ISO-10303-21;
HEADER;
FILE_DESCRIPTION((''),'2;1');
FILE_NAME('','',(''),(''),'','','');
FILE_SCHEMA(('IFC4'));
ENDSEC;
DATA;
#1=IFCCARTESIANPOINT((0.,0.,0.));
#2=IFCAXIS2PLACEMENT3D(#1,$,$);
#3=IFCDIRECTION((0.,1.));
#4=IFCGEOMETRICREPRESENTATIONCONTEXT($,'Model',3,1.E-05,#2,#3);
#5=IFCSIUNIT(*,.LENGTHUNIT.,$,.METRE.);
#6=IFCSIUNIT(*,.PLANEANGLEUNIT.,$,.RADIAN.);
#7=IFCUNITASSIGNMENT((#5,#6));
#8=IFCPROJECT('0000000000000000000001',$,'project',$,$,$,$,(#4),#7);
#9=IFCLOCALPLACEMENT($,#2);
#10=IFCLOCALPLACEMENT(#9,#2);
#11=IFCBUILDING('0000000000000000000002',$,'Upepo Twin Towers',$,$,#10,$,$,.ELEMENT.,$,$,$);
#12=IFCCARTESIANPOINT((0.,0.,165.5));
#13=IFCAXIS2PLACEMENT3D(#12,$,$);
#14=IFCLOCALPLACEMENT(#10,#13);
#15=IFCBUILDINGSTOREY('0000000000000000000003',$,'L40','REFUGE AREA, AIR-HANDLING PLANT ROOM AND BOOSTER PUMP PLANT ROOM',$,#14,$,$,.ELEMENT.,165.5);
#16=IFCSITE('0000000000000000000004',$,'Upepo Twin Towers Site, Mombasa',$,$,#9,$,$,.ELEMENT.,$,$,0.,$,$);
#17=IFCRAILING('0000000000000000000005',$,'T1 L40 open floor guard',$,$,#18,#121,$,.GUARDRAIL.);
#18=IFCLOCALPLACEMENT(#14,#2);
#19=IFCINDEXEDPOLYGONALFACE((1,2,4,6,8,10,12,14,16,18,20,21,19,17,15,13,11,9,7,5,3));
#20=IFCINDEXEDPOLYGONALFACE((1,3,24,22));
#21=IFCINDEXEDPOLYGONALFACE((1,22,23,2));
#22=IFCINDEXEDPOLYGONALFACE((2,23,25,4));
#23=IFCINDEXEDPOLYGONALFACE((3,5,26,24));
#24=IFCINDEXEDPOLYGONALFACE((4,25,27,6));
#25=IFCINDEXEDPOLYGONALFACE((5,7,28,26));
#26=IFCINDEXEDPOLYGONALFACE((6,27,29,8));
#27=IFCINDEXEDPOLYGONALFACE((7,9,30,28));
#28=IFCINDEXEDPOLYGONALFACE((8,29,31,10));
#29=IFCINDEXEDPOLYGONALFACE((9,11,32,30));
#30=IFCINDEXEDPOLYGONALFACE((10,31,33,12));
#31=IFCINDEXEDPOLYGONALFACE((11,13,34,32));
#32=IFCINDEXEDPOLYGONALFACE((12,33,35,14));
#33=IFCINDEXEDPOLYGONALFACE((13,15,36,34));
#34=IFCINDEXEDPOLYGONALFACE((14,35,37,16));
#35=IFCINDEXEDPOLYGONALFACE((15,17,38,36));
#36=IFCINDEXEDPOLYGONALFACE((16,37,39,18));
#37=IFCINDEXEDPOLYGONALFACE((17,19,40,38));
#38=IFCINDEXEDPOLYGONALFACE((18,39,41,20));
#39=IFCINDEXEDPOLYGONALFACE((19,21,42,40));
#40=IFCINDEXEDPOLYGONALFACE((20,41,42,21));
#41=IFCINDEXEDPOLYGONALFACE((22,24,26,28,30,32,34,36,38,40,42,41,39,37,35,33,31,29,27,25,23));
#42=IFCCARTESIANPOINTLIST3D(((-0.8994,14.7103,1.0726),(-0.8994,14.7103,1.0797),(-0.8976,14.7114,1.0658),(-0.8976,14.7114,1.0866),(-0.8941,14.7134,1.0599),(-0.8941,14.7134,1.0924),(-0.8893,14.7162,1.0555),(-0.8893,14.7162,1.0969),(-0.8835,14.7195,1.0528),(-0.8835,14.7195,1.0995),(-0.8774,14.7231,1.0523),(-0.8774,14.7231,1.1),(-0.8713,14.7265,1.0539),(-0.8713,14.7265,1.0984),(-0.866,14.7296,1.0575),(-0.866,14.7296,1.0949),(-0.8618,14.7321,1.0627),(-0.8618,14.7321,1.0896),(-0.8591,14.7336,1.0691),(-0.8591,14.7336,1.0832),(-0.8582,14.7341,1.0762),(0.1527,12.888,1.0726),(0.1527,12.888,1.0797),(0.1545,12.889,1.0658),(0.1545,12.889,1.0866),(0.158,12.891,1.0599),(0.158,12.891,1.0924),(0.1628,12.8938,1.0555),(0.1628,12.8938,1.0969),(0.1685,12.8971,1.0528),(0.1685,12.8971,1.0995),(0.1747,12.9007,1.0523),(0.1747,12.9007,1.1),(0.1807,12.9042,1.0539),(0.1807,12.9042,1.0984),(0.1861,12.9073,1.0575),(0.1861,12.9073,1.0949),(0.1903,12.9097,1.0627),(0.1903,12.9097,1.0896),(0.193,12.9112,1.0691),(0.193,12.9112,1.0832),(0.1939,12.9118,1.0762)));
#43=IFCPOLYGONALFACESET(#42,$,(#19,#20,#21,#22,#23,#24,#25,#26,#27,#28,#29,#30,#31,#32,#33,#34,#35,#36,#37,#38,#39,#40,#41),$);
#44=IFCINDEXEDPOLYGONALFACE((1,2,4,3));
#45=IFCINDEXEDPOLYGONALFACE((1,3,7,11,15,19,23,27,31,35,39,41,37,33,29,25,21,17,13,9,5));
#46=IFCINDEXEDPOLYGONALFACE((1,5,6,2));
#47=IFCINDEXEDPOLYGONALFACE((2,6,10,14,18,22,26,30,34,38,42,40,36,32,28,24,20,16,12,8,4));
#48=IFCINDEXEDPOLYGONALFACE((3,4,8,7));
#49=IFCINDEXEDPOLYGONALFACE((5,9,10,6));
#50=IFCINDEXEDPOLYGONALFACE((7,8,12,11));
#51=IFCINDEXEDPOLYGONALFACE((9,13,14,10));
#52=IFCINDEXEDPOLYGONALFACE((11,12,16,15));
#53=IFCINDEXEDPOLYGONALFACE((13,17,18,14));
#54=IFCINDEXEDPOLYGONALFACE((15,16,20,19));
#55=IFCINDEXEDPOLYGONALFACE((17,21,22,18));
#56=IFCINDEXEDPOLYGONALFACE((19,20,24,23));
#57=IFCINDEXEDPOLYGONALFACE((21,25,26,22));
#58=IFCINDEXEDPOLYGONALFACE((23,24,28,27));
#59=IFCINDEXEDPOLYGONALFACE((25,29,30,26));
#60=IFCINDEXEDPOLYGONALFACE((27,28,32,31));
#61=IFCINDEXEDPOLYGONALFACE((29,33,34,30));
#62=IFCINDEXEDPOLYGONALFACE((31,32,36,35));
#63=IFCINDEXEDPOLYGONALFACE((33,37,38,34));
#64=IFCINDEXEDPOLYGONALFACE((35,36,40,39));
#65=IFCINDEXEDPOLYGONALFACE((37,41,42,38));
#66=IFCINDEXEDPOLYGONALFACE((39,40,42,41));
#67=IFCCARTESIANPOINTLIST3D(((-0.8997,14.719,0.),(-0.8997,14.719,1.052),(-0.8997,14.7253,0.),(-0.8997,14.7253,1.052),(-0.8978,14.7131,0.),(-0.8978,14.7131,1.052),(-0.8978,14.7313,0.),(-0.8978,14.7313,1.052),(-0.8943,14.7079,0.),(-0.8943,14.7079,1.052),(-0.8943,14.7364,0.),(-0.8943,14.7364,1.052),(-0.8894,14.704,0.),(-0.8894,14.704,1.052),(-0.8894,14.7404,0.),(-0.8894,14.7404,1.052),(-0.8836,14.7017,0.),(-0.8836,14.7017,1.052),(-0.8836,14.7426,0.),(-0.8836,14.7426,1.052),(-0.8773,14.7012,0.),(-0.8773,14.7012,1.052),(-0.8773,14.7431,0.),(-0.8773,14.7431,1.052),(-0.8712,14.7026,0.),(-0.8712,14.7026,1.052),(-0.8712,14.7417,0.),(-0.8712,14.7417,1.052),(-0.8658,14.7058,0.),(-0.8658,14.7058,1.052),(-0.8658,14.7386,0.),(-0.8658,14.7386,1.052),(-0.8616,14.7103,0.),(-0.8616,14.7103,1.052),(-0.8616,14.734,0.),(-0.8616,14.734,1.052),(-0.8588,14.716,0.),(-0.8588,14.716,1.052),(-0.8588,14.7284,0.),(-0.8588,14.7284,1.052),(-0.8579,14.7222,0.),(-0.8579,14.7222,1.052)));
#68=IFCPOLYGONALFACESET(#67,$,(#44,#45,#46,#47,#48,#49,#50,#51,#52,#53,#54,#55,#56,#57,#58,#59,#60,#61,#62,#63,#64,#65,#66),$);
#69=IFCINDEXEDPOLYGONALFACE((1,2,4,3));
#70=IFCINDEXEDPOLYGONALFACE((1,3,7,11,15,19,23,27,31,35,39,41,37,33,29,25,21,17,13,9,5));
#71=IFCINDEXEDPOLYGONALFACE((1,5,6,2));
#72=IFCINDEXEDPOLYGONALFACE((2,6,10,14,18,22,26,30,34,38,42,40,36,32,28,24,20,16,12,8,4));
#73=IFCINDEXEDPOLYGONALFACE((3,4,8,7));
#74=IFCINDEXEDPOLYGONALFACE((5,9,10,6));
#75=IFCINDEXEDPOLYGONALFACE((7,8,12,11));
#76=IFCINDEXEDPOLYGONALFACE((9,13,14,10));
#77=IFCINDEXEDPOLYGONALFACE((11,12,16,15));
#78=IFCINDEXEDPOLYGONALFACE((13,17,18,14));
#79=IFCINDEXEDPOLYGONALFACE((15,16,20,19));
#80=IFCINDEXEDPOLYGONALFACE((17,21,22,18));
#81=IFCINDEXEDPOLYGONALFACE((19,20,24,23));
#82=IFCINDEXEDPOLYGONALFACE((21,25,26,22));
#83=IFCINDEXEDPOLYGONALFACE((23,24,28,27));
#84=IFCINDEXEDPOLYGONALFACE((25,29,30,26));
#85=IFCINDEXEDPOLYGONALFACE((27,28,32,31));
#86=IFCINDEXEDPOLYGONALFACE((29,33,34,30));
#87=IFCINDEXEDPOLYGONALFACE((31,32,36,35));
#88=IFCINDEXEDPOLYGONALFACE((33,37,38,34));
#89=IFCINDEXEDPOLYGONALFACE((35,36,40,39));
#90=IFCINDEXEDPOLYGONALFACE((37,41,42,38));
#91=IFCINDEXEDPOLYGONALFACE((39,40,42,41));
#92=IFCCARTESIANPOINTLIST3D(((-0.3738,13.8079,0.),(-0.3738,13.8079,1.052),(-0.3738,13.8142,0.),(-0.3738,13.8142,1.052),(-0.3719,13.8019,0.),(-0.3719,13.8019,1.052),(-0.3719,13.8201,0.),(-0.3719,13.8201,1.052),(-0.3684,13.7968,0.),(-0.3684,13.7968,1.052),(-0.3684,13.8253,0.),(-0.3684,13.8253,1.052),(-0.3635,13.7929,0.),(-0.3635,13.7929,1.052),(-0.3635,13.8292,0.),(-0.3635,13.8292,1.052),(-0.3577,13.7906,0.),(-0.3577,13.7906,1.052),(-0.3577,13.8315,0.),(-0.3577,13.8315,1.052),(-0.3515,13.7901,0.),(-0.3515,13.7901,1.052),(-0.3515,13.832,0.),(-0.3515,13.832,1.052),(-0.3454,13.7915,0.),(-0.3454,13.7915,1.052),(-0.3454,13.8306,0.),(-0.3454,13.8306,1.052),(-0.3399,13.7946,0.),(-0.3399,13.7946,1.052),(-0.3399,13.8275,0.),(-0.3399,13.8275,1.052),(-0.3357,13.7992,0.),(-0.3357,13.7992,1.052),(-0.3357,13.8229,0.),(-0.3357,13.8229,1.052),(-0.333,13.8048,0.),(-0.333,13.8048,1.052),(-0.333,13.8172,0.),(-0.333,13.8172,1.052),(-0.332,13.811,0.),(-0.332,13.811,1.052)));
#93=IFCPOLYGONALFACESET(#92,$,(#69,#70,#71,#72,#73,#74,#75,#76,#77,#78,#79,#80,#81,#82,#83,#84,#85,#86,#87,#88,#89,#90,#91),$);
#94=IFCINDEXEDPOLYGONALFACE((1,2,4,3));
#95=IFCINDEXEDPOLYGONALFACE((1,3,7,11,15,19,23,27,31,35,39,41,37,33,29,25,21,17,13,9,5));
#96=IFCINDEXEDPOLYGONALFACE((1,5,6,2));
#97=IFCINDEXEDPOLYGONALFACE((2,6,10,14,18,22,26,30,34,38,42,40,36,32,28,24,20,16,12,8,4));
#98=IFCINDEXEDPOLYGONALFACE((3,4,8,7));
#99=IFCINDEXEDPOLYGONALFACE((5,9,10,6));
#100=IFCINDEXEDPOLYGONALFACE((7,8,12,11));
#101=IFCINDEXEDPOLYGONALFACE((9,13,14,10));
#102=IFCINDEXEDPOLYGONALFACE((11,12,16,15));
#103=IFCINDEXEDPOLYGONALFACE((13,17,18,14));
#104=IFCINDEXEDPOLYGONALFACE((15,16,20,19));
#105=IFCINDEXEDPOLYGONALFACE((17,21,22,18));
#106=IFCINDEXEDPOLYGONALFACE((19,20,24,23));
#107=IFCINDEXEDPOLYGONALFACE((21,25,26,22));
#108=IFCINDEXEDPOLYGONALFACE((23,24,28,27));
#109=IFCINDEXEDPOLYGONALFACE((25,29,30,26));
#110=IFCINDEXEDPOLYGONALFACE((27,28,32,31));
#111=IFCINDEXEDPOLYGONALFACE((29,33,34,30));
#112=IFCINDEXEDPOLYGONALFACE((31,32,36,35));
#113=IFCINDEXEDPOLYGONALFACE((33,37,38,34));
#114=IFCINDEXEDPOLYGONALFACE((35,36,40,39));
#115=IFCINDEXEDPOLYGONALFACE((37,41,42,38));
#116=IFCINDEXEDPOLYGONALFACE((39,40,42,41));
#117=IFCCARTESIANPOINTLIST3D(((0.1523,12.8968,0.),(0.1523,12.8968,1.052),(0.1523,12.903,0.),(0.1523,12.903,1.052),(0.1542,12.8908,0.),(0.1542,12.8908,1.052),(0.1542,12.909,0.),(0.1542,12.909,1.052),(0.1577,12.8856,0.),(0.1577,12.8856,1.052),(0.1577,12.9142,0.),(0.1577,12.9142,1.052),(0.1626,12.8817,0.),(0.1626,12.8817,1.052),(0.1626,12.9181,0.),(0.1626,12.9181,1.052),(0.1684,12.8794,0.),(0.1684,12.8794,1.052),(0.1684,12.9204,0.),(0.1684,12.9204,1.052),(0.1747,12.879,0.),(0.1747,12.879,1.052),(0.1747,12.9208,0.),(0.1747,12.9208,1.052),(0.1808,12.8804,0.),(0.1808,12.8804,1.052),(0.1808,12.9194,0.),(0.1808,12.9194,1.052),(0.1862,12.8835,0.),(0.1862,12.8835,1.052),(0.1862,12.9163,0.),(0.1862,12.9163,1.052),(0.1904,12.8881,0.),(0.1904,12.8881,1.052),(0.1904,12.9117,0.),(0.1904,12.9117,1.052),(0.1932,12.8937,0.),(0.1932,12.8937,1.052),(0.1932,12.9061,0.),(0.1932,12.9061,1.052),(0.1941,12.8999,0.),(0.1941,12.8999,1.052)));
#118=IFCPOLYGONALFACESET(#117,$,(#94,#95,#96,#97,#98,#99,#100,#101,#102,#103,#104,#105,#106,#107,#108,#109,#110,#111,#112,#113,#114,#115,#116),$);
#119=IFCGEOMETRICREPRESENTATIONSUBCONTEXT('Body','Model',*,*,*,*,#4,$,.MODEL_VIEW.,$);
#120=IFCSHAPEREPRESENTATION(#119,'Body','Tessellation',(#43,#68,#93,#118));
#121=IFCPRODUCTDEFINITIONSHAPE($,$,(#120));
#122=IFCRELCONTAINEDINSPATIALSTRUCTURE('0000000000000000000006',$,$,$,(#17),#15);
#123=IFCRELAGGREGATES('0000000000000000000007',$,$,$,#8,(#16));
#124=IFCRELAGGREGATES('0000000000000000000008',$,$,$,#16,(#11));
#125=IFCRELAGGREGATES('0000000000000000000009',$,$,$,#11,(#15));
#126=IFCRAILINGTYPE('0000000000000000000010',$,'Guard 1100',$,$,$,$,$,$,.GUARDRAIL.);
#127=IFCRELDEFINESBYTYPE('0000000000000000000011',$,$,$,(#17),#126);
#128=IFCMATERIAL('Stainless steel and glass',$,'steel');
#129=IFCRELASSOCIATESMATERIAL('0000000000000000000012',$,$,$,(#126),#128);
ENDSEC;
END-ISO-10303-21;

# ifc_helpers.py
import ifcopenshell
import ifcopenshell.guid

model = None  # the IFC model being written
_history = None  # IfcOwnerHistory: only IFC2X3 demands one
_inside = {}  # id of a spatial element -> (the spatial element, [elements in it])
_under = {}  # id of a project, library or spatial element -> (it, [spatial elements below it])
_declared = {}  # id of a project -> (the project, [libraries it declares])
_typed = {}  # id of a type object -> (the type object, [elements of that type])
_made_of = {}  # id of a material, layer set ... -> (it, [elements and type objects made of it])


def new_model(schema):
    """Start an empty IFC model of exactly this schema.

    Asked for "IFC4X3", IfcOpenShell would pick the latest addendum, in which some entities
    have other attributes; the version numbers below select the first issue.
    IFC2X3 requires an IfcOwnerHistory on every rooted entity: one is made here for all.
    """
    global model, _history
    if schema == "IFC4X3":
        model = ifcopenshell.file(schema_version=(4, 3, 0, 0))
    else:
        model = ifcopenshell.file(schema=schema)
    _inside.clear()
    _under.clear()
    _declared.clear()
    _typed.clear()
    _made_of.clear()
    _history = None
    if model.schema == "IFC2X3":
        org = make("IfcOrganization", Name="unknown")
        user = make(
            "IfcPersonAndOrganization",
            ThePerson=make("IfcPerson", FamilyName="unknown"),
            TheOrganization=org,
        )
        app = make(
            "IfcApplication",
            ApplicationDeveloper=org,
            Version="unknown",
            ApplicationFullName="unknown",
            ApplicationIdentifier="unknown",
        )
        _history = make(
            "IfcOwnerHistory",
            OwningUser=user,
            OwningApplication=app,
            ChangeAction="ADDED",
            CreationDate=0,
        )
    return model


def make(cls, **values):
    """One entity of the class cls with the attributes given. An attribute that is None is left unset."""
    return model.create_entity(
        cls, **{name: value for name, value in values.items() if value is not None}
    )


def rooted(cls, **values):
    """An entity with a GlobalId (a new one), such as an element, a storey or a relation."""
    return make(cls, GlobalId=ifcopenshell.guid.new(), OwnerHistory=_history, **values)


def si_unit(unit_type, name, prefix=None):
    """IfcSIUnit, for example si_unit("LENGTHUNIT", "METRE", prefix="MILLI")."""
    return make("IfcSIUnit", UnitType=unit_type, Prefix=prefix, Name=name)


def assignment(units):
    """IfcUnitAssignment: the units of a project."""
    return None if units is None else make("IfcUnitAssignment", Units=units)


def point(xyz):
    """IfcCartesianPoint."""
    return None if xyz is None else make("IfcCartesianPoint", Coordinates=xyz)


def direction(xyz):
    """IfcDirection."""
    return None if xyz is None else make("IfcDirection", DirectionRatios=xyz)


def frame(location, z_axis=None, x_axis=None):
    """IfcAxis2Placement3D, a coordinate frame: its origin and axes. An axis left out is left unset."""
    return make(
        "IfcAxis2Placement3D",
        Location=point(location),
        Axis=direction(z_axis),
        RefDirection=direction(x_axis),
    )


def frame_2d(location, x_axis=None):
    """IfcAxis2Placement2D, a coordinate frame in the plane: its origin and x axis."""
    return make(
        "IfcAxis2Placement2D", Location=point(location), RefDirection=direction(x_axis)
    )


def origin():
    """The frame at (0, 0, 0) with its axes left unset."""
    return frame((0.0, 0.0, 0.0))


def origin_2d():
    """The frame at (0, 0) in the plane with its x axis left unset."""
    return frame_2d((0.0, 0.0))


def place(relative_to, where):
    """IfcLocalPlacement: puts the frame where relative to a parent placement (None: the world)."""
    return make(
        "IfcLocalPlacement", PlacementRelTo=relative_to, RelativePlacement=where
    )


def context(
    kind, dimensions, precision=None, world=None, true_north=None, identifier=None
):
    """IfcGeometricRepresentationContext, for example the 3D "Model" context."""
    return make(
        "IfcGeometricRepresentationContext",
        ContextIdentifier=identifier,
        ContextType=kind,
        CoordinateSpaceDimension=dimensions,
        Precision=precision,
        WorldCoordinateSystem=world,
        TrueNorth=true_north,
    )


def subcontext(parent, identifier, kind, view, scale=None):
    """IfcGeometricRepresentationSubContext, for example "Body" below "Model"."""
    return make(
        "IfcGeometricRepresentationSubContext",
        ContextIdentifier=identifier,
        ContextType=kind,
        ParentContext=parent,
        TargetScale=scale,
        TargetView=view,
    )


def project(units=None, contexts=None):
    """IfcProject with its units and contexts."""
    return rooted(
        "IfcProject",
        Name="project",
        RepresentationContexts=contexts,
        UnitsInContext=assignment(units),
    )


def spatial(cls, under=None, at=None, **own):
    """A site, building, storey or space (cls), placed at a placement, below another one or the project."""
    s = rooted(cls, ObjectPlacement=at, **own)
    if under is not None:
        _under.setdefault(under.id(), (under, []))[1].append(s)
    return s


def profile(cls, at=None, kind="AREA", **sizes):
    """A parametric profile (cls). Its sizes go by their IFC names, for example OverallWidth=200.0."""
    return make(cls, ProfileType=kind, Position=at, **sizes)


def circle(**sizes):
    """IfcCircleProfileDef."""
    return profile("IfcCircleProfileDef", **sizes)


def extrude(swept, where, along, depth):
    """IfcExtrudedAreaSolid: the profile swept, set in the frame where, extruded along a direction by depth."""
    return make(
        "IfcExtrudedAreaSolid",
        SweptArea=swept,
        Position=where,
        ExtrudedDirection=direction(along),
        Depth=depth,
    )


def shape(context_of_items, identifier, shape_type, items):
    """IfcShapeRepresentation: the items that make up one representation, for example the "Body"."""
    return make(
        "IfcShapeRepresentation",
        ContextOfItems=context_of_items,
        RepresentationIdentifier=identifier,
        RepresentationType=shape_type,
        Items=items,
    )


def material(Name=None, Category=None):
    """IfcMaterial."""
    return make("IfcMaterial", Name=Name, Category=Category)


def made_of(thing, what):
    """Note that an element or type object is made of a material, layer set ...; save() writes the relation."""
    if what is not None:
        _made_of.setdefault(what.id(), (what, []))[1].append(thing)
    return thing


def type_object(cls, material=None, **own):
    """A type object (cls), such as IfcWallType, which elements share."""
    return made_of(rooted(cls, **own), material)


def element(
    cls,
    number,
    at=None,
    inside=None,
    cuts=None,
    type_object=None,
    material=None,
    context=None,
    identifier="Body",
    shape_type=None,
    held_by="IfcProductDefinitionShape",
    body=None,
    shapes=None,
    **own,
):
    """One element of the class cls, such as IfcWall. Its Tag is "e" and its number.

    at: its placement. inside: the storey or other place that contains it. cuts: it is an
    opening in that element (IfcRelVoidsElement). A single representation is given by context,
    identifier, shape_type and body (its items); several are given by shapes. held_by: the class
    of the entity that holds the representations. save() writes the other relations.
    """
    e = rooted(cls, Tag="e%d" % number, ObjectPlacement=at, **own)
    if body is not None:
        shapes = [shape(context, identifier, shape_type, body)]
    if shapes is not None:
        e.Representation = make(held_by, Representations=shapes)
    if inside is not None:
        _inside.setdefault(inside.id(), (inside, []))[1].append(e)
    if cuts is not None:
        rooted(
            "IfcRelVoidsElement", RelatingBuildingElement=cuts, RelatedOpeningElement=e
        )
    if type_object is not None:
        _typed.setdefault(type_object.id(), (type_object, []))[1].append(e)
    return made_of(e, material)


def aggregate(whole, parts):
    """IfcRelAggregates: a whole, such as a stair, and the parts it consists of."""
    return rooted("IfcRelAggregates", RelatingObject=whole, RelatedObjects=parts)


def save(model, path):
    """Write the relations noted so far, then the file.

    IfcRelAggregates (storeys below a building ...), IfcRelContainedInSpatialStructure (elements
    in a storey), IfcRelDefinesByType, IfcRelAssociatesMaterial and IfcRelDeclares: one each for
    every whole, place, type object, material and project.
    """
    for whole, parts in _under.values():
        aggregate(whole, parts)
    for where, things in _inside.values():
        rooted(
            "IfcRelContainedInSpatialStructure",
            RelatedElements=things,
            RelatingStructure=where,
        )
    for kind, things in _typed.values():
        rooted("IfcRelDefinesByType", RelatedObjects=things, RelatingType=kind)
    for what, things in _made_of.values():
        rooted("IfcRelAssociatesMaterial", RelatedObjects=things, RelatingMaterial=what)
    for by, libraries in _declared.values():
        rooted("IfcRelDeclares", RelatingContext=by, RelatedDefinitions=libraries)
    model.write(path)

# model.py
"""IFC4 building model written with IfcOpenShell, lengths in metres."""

from ifc_helpers import new_model, si_unit, direction, frame, origin, origin_2d, place, context, subcontext, project, spatial, circle, extrude, material, type_object, element, save


model = new_model("IFC4")

# Units and contexts
model_context = context("Model", 3, precision=1e-05, world=origin(), true_north=direction((0.0, 1.0)))
body_context = subcontext(model_context, "Body", "Model", "MODEL_VIEW")
ifc_project = project(units=[si_unit("LENGTHUNIT", "METRE"), si_unit("PLANEANGLEUNIT", "RADIAN")], contexts=[model_context])

# Site, building, storey
site_placement = place(None, origin())
site = spatial("IfcSite", under=ifc_project, at=site_placement, Name="Upepo Twin Towers Site, Mombasa", CompositionType="ELEMENT", RefElevation=0.0)
building_placement = place(site_placement, origin())
building = spatial("IfcBuilding", under=site, at=building_placement, Name="Upepo Twin Towers", CompositionType="ELEMENT")
storey_placement = place(building_placement, frame((0.0, 0.0, 165.5)))
storey = spatial("IfcBuildingStorey", under=building, at=storey_placement, Name="L40", Description="REFUGE AREA, AIR-HANDLING PLANT ROOM AND BOOSTER PUMP PLANT ROOM", CompositionType="ELEMENT", Elevation=165.5)

# Railing
ifc_material_1 = material(Name="Stainless steel and glass", Category="steel")
railing_type = type_object("IfcRailingType", Name="Guard 1100", PredefinedType="GUARDRAIL", material=ifc_material_1)
railing_1_placement = place(storey_placement, frame((-0.8789, 14.7222, 0.0)))
element("IfcRailing", 1, at=railing_1_placement, inside=storey, type_object=railing_type, Name="T1 L40 open floor guard", PredefinedType="GUARDRAIL", context=body_context, shape_type="SweptSolid", body=[
    extrude(circle(Radius=0.0239, at=origin_2d()), frame((0.0, 0.0, 1.0762), z_axis=(0.49997, -0.866043, 0.0), x_axis=(0.866043, 0.49997, 0.0)), (0.0, 0.0, 1.0), 2.1042),
    extrude(circle(Radius=0.021, at=origin_2d()), origin(), (0.0, 0.0, 1.0), 1.052),
    extrude(circle(Radius=0.021, at=origin_2d()), frame((0.5259, -0.9111, 0.0)), (0.0, 0.0, 1.0), 1.052),
    extrude(circle(Radius=0.021, at=origin_2d()), frame((1.052, -1.8223, 0.0)), (0.0, 0.0, 1.0), 1.052),
])

save(model, "model.ifc")
